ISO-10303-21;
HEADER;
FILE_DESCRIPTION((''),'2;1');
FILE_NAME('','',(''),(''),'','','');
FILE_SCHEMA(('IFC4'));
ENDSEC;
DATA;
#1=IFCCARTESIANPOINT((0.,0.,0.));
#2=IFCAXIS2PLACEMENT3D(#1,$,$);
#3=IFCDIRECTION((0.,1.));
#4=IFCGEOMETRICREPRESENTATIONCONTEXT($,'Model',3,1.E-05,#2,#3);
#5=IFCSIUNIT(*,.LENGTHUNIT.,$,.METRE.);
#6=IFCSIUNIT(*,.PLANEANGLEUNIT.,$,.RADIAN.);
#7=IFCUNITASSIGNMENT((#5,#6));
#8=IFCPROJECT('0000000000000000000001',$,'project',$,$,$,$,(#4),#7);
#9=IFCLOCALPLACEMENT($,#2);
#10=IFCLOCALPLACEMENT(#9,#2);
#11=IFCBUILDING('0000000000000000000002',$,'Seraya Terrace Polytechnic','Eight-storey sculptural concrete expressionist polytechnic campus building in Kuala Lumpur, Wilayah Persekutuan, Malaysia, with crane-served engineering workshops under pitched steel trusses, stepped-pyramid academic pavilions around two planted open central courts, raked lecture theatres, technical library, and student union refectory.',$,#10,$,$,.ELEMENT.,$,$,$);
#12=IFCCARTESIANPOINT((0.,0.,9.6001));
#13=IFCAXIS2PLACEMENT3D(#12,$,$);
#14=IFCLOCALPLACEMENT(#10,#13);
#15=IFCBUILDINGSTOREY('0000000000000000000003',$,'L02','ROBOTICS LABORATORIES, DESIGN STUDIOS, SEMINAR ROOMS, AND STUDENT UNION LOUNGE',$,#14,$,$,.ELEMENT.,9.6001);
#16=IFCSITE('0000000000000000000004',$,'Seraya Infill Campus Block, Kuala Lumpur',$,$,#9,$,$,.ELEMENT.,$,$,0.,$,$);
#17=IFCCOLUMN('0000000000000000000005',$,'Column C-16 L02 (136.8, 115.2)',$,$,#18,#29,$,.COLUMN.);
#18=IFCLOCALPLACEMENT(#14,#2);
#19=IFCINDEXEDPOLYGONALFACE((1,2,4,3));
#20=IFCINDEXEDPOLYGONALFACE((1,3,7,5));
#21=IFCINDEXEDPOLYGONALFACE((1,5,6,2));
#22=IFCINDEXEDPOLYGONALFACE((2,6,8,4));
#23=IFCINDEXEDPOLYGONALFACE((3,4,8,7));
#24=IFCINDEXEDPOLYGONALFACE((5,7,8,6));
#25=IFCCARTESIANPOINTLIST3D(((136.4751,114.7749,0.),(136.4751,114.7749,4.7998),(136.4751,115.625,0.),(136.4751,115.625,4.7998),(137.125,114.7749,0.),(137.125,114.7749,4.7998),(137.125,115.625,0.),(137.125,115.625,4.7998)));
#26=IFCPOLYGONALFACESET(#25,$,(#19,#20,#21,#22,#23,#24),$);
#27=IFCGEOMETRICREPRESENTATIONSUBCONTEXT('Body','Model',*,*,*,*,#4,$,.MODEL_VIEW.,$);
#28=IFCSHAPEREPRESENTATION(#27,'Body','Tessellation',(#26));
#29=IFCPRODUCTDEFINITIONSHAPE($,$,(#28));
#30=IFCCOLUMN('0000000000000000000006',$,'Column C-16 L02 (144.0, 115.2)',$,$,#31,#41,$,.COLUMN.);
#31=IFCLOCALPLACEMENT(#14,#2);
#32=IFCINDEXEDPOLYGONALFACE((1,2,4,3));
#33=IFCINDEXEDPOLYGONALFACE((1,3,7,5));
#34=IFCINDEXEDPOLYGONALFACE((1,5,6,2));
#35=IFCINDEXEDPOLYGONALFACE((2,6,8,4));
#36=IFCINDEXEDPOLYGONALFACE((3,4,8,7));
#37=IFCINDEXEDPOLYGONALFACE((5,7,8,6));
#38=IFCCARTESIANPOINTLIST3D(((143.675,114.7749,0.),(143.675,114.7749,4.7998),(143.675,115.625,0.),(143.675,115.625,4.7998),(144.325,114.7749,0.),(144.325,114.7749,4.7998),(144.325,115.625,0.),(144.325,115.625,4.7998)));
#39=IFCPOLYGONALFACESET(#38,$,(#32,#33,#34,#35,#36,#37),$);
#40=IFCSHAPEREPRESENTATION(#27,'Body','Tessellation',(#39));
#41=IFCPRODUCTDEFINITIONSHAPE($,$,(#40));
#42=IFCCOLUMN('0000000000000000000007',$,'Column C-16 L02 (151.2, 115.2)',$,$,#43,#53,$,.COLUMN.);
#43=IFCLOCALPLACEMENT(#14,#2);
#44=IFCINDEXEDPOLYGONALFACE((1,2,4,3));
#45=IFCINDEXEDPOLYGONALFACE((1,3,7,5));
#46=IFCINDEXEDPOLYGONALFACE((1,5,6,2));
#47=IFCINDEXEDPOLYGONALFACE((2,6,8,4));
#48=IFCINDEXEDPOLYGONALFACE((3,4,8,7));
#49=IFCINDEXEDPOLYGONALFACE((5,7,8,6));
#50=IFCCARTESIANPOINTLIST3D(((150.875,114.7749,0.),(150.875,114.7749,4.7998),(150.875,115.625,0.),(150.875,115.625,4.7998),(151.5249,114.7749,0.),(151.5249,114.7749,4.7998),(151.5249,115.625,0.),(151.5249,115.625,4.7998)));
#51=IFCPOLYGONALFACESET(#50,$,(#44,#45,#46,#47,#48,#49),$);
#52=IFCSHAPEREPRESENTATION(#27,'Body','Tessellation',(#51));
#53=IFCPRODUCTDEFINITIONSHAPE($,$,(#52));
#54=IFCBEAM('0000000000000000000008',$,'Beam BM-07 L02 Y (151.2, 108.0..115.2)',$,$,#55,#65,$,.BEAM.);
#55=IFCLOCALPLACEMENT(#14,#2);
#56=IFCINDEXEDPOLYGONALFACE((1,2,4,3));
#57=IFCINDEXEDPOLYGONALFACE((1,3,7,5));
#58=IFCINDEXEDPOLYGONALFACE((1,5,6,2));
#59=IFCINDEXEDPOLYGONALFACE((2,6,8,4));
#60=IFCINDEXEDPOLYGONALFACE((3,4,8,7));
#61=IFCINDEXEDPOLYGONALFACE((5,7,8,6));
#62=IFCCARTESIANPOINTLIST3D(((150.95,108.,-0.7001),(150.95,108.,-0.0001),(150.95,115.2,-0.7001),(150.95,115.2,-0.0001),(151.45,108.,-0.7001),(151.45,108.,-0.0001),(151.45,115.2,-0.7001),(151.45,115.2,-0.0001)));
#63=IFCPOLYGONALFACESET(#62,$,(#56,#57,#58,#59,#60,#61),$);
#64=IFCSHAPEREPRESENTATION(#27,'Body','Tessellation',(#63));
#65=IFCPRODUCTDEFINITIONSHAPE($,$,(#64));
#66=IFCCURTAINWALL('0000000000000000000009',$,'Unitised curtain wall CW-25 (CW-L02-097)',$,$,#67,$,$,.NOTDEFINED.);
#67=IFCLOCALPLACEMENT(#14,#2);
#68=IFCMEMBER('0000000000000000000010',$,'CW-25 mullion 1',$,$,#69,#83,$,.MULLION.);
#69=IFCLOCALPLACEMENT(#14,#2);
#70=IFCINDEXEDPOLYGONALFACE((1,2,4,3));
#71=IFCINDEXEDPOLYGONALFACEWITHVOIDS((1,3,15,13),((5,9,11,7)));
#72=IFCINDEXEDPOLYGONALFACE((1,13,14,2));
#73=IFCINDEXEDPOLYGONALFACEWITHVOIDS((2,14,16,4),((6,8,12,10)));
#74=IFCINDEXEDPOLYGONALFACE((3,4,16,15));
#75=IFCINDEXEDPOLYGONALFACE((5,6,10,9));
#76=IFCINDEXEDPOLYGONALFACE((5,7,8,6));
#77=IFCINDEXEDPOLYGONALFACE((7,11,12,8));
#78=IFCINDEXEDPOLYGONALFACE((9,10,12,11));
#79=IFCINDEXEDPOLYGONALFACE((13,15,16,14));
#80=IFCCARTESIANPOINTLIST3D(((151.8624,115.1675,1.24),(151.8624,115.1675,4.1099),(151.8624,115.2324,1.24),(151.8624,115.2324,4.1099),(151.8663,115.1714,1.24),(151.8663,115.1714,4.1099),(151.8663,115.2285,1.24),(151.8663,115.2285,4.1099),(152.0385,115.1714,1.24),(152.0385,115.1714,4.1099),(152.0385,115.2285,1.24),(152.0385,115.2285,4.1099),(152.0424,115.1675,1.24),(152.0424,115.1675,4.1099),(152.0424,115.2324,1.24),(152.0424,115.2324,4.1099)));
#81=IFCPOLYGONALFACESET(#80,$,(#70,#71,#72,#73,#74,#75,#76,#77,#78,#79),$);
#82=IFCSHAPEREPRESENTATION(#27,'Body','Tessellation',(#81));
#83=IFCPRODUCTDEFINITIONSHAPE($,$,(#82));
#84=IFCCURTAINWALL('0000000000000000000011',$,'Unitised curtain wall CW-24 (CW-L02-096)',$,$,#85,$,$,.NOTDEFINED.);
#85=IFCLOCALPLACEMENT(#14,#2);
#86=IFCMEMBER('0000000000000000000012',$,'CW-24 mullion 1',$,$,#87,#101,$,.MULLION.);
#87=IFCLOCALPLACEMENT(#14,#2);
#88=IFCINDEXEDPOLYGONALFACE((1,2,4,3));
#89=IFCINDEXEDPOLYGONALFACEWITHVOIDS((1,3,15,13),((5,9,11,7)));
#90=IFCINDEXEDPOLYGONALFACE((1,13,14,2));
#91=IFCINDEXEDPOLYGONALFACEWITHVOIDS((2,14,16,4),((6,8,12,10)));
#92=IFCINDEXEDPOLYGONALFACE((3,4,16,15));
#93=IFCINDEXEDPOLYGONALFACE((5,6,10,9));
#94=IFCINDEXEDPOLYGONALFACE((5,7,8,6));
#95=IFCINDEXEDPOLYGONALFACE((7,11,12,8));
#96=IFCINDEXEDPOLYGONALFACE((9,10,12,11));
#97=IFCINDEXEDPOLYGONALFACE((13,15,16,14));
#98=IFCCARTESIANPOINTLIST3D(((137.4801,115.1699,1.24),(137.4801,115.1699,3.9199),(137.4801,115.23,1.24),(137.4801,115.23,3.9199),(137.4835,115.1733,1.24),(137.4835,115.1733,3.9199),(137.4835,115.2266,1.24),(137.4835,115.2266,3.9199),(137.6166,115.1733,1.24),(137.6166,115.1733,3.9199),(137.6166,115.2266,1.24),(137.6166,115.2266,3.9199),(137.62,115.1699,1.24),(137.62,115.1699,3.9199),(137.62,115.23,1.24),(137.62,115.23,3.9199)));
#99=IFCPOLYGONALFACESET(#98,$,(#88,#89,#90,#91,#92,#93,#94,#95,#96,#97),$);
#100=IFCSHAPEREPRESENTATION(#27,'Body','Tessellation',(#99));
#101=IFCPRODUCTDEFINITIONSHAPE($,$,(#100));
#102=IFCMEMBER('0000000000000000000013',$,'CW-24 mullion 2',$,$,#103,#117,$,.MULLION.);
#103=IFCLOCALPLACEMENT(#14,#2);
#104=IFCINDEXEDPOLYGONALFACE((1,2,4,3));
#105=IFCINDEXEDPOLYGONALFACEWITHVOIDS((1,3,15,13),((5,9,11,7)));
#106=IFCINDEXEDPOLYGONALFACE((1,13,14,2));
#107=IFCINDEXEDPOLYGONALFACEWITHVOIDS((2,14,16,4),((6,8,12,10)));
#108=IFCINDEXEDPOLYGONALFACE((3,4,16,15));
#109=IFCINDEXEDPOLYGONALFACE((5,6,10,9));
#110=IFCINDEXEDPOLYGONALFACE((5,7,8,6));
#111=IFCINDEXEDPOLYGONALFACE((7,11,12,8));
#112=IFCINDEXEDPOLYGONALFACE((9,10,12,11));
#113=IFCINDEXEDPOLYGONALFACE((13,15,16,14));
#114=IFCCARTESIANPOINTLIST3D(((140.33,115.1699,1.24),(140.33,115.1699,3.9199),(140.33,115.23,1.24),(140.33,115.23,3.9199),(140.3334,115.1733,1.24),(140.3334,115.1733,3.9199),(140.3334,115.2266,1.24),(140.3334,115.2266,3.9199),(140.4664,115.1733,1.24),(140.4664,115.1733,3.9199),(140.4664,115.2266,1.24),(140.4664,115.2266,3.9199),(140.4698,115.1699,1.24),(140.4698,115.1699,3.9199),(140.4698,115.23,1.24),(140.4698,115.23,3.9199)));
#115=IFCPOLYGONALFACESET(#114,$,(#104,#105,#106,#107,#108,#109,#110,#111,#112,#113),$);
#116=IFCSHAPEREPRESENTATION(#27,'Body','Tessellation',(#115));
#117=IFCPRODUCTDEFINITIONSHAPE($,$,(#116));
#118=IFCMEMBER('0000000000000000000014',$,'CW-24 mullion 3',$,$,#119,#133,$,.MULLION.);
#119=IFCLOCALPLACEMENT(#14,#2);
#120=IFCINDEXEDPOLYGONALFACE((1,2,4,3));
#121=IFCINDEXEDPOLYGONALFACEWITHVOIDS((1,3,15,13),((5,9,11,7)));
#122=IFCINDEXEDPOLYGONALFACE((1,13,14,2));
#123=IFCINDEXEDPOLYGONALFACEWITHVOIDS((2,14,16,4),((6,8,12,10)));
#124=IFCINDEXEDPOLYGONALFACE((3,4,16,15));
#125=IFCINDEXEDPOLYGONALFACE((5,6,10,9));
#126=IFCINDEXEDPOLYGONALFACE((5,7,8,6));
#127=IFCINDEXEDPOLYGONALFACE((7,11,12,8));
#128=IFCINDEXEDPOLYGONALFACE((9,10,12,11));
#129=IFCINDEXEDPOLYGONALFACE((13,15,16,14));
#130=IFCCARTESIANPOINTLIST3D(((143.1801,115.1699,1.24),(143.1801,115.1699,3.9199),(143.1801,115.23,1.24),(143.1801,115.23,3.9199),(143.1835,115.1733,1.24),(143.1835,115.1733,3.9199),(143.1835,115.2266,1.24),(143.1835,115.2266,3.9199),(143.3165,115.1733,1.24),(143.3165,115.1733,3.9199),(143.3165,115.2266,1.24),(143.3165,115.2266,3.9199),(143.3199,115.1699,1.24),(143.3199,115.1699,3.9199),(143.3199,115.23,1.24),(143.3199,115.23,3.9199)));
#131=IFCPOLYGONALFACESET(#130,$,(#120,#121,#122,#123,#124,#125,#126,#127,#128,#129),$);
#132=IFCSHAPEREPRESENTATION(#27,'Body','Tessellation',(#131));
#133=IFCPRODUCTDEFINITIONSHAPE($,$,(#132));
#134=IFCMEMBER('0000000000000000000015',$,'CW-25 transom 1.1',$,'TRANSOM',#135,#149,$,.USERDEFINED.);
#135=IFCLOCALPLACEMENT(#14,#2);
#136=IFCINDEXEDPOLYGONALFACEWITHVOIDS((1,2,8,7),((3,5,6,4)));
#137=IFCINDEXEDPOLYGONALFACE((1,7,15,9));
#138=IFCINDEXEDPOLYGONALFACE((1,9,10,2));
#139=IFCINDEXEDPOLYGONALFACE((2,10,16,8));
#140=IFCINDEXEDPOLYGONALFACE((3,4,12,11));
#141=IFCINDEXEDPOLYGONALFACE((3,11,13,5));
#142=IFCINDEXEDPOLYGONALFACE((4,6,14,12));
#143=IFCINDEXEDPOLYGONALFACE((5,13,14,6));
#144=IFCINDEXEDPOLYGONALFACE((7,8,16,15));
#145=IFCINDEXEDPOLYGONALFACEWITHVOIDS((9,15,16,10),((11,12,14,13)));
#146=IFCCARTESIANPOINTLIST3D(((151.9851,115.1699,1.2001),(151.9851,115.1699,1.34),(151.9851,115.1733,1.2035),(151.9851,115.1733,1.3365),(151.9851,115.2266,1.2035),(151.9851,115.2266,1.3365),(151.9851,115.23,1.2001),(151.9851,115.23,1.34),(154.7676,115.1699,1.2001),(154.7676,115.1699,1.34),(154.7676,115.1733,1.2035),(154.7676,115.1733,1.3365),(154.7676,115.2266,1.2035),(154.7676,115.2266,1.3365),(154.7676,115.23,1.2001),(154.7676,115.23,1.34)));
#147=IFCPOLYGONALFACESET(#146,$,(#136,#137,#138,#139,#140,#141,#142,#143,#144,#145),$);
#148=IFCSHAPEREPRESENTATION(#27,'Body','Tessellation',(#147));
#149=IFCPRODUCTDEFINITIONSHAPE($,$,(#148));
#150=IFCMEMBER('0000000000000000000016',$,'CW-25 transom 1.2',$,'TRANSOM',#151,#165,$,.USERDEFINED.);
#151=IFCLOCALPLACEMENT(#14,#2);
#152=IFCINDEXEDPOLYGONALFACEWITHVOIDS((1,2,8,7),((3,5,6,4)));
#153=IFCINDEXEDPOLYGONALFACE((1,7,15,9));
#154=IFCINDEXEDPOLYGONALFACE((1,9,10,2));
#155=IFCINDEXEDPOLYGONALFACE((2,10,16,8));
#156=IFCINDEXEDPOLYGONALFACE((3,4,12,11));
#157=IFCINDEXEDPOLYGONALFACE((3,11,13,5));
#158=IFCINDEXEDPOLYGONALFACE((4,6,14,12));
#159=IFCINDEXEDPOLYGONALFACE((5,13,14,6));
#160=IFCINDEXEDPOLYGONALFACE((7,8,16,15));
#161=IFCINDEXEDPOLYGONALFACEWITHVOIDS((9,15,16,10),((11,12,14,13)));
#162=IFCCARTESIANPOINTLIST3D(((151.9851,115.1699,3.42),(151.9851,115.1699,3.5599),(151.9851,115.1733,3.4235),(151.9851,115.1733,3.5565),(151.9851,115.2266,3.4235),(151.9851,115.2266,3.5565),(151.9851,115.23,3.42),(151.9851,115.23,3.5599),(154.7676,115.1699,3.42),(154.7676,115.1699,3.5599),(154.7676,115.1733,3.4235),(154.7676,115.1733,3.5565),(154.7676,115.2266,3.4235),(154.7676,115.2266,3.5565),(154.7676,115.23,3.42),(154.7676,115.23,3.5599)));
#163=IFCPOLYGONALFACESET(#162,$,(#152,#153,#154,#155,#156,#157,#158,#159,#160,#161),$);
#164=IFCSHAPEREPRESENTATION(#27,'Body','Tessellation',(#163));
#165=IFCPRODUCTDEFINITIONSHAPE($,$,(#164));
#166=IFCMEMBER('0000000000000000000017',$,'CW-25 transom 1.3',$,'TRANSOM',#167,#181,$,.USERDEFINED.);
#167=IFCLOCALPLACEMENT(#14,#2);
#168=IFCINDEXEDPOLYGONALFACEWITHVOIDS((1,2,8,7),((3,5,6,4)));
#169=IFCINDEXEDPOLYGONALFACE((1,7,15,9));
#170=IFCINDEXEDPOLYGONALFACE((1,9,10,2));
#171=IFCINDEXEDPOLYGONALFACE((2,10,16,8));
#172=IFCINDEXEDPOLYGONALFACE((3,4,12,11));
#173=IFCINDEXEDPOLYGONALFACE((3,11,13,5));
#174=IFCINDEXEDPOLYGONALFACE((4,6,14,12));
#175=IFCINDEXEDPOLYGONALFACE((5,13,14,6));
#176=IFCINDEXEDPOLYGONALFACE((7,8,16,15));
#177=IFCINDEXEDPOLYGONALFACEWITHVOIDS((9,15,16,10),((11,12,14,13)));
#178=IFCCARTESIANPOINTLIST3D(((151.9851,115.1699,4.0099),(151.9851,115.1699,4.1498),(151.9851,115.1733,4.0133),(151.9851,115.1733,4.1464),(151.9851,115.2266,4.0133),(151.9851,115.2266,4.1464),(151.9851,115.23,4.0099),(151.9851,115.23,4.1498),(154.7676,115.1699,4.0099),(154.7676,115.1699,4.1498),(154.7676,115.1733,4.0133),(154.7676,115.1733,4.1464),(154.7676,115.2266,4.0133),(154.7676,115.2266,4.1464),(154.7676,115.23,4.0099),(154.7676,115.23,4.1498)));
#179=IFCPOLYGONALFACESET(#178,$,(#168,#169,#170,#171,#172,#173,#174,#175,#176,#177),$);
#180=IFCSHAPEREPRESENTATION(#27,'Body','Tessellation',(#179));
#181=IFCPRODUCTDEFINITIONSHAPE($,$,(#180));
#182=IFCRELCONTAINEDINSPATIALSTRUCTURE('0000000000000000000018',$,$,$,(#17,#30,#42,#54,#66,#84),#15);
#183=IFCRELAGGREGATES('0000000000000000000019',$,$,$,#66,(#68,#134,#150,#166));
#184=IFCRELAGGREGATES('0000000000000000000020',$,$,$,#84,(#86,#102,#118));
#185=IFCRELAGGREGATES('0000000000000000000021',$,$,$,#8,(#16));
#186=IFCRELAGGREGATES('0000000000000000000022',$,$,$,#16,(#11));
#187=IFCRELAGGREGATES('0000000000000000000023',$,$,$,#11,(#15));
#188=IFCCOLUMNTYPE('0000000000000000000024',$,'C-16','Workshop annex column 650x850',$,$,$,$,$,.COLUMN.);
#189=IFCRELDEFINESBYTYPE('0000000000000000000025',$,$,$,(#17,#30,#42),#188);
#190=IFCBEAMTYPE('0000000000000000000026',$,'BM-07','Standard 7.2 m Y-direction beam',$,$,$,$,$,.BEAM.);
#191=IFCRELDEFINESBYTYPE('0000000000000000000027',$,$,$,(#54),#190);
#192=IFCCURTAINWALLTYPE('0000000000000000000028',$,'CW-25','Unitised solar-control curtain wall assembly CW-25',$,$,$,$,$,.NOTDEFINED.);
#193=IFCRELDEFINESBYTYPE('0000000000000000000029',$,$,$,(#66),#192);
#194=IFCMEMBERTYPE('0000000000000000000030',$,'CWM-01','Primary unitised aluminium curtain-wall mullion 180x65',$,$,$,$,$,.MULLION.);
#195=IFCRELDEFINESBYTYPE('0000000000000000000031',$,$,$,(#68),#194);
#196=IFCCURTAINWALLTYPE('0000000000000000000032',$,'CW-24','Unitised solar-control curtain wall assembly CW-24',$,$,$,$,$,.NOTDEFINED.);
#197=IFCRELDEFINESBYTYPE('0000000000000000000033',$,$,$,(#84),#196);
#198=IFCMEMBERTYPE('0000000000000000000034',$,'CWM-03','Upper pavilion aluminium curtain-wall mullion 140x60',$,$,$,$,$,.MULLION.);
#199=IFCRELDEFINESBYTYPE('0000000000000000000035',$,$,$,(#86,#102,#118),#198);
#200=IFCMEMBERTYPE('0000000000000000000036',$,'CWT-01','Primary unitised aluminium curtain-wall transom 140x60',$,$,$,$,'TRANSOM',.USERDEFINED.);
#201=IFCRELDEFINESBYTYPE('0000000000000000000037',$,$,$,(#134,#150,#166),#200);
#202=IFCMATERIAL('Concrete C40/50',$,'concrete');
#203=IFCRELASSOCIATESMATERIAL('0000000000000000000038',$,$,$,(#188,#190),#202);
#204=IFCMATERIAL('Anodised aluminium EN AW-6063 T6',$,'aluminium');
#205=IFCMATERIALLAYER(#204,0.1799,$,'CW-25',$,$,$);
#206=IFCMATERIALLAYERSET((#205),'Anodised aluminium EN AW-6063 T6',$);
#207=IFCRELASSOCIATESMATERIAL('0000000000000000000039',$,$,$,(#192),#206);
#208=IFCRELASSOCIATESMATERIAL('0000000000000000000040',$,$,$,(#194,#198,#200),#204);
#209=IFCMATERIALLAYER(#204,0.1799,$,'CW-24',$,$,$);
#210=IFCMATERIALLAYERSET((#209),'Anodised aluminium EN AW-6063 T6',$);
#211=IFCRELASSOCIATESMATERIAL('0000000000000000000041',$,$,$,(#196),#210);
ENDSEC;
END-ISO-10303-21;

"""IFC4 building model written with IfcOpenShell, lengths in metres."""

from ifc_helpers import new_model, si_unit, direction, frame, origin, origin_2d, place, context, subcontext, project, spatial, rectangle, hollow_rectangle, extrude, material, layer, layer_set, material_profile, profile_set, type_object, element, aggregate, save


model = new_model("IFC4")

# Units and contexts
model_context = context("Model", 3, precision=1e-05, world=origin(), true_north=direction((0.0, 1.0)))
body_context = subcontext(model_context, "Body", "Model", "MODEL_VIEW")
ifc_project = project(units=[si_unit("LENGTHUNIT", "METRE"), si_unit("PLANEANGLEUNIT", "RADIAN")], contexts=[model_context])

# Site, building, storey
site_placement = place(None, origin())
site = spatial("IfcSite", under=ifc_project, at=site_placement, Name="Seraya Infill Campus Block, Kuala Lumpur", CompositionType="ELEMENT", RefElevation=0.0)
building_placement = place(site_placement, origin())
building = spatial("IfcBuilding", under=site, at=building_placement, Name="Seraya Terrace Polytechnic", Description="Eight-storey sculptural concrete expressionist polytechnic campus building in Kuala Lumpur, Wilayah Persekutuan, Malaysia, with crane-served engineering workshops under pitched steel trusses, stepped-pyramid academic pavilions around two planted open central courts, raked lecture theatres, technical library, and student union refectory.", CompositionType="ELEMENT")
storey_placement = place(building_placement, frame((0.0, 0.0, 9.6001)))
storey = spatial("IfcBuildingStorey", under=building, at=storey_placement, Name="L02", Description="ROBOTICS LABORATORIES, DESIGN STUDIOS, SEMINAR ROOMS, AND STUDENT UNION LOUNGE", CompositionType="ELEMENT", Elevation=9.6001)

# Columns
ifc_material_1 = material(Name="Concrete C40/50", Category="concrete")
ifc_material_profile_1 = material_profile(ifc_material_1, rectangle(XDim=0.6499, YDim=0.8501, at=origin_2d()), Name="RC 650x850")
ifc_profile_set_1 = profile_set([ifc_material_profile_1], Name="Concrete C40/50")
column_type = type_object("IfcColumnType", Name="C-16", Description="Workshop annex column 650x850", PredefinedType="COLUMN", material=ifc_profile_set_1)
for number, where, z_axis, x_axis, name in (
    (1, (136.8, 115.2, 0.0), (0.0, 0.0, 1.0), (1.0, 0.0, 0.0), "Column C-16 L02 (136.8, 115.2)"),
    (2, (144.0, 115.2, 0.0), (0.0, 0.0, 1.0), (1.0, 0.0, 0.0), "Column C-16 L02 (144.0, 115.2)"),
    (3, (151.2, 115.2, 0.0), (0.0, 0.0, 1.0), (1.0, 0.0, 0.0), "Column C-16 L02 (151.2, 115.2)"),
):
    element("IfcColumn", number, at=place(storey_placement, frame(where, z_axis=z_axis, x_axis=x_axis)), inside=storey, type_object=column_type, Name=name, PredefinedType="COLUMN", context=body_context, shape_type="SweptSolid", body=[
        extrude(rectangle(XDim=0.6499, YDim=0.8501, at=origin_2d()), origin(), (0.0, 0.0, 1.0), 4.7998),
    ])

# Beam
ifc_material_profile_2 = material_profile(ifc_material_1, rectangle(XDim=0.5, YDim=0.7, at=origin_2d()), Name="RC 500x700")
ifc_profile_set_2 = profile_set([ifc_material_profile_2], Name="Concrete C40/50")
beam_type_1 = type_object("IfcBeamType", Name="BM-07", Description="Standard 7.2 m Y-direction beam", PredefinedType="BEAM", material=ifc_profile_set_2)
beam_1_placement = place(storey_placement, frame((151.2, 108.0, -0.3501), z_axis=(0.0, 1.0, 0.0), x_axis=(-1.0, 0.0, 0.0)))
element("IfcBeam", 4, at=beam_1_placement, inside=storey, type_object=beam_type_1, Name="Beam BM-07 L02 Y (151.2, 108.0..115.2)", PredefinedType="BEAM", context=body_context, shape_type="SweptSolid", body=[
    extrude(rectangle(XDim=0.5, YDim=0.7, at=origin_2d()), origin(), (0.0, 0.0, 1.0), 7.2),
])

# Curtain wall, member
ifc_material_2 = material(Name="Anodised aluminium EN AW-6063 T6", Category="aluminium")
ifc_layer_1 = layer(ifc_material_2, 0.1799, Name="CW-25")
ifc_layer_set_1 = layer_set([ifc_layer_1], Name="Anodised aluminium EN AW-6063 T6")
curtain_wall_type_1 = type_object("IfcCurtainWallType", Name="CW-25", Description="Unitised solar-control curtain wall assembly CW-25", PredefinedType="NOTDEFINED", material=ifc_layer_set_1)
curtain_wall_1_placement = place(storey_placement, origin())
curtain_wall_1 = element("IfcCurtainWall", 5, at=curtain_wall_1_placement, inside=storey, type_object=curtain_wall_type_1, Name="Unitised curtain wall CW-25 (CW-L02-097)", PredefinedType="NOTDEFINED")
ifc_material_profile_3 = material_profile(ifc_material_2, hollow_rectangle(XDim=0.0649, YDim=0.1799, WallThickness=0.0039, at=origin_2d()), Name="RHS 180x65x4.0")
ifc_profile_set_3 = profile_set([ifc_material_profile_3], Name="Anodised aluminium EN AW-6063 T6")
member_type_1 = type_object("IfcMemberType", Name="CWM-01", Description="Primary unitised aluminium curtain-wall mullion 180x65", PredefinedType="MULLION", material=ifc_profile_set_3)
member_1_placement = place(storey_placement, frame((151.9524, 115.2, 1.24), z_axis=(0.0, 0.0, 1.0), x_axis=(0.0, 1.0, 0.0)))
member_1 = element("IfcMember", 6, at=member_1_placement, type_object=member_type_1, Name="CW-25 mullion 1", PredefinedType="MULLION", context=body_context, shape_type="SweptSolid", body=[
    extrude(hollow_rectangle(XDim=0.0649, YDim=0.1799, WallThickness=0.0039, at=origin_2d()), origin(), (0.0, 0.0, 1.0), 2.8699),
])

# Curtain wall, members
ifc_layer_2 = layer(ifc_material_2, 0.1799, Name="CW-24")
ifc_layer_set_2 = layer_set([ifc_layer_2], Name="Anodised aluminium EN AW-6063 T6")
curtain_wall_type_2 = type_object("IfcCurtainWallType", Name="CW-24", Description="Unitised solar-control curtain wall assembly CW-24", PredefinedType="NOTDEFINED", material=ifc_layer_set_2)
curtain_wall_2_placement = place(storey_placement, origin())
curtain_wall_2 = element("IfcCurtainWall", 7, at=curtain_wall_2_placement, inside=storey, type_object=curtain_wall_type_2, Name="Unitised curtain wall CW-24 (CW-L02-096)", PredefinedType="NOTDEFINED")
ifc_material_profile_4 = material_profile(ifc_material_2, hollow_rectangle(XDim=0.0601, YDim=0.1399, WallThickness=0.0034, at=origin_2d()), Name="RHS 140x60x3.5")
ifc_profile_set_4 = profile_set([ifc_material_profile_4], Name="Anodised aluminium EN AW-6063 T6")
member_type_2 = type_object("IfcMemberType", Name="CWM-03", Description="Upper pavilion aluminium curtain-wall mullion 140x60", PredefinedType="MULLION", material=ifc_profile_set_4)
member_2_placement = place(storey_placement, frame((137.55, 115.2, 1.24), z_axis=(0.0, 0.0, 1.0), x_axis=(0.0, 1.0, 0.0)))
member_2 = element("IfcMember", 8, at=member_2_placement, type_object=member_type_2, Name="CW-24 mullion 1", PredefinedType="MULLION", context=body_context, shape_type="SweptSolid", body=[
    extrude(hollow_rectangle(XDim=0.0601, YDim=0.1399, WallThickness=0.0034, at=origin_2d()), origin(), (0.0, 0.0, 1.0), 2.6799),
])
member_3_placement = place(storey_placement, frame((140.3999, 115.2, 1.24), z_axis=(0.0, 0.0, 1.0), x_axis=(0.0, 1.0, 0.0)))
member_3 = element("IfcMember", 9, at=member_3_placement, type_object=member_type_2, Name="CW-24 mullion 2", PredefinedType="MULLION", context=body_context, shape_type="SweptSolid", body=[
    extrude(hollow_rectangle(XDim=0.0601, YDim=0.1399, WallThickness=0.0034, at=origin_2d()), origin(), (0.0, 0.0, 1.0), 2.6799),
])
member_4_placement = place(storey_placement, frame((143.25, 115.2, 1.24), z_axis=(0.0, 0.0, 1.0), x_axis=(0.0, 1.0, 0.0)))
member_4 = element("IfcMember", 10, at=member_4_placement, type_object=member_type_2, Name="CW-24 mullion 3", PredefinedType="MULLION", context=body_context, shape_type="SweptSolid", body=[
    extrude(hollow_rectangle(XDim=0.0601, YDim=0.1399, WallThickness=0.0034, at=origin_2d()), origin(), (0.0, 0.0, 1.0), 2.6799),
])

# Members
ifc_material_profile_5 = material_profile(ifc_material_2, hollow_rectangle(XDim=0.0601, YDim=0.1399, WallThickness=0.0034, at=origin_2d()), Name="RHS 140x60x3.5")
ifc_profile_set_5 = profile_set([ifc_material_profile_5], Name="Anodised aluminium EN AW-6063 T6")
member_type_3 = type_object("IfcMemberType", Name="CWT-01", Description="Primary unitised aluminium curtain-wall transom 140x60", ElementType="TRANSOM", PredefinedType="USERDEFINED", material=ifc_profile_set_5)
member_5_placement = place(storey_placement, frame((151.9851, 115.2, 1.27), z_axis=(1.0, 0.0, 0.0), x_axis=(0.0, 1.0, 0.0)))
member_5 = element("IfcMember", 11, at=member_5_placement, type_object=member_type_3, Name="CW-25 transom 1.1", ObjectType="TRANSOM", PredefinedType="USERDEFINED", context=body_context, shape_type="SweptSolid", body=[
    extrude(hollow_rectangle(XDim=0.0601, YDim=0.1399, WallThickness=0.0034, at=origin_2d()), origin(), (0.0, 0.0, 1.0), 2.7825),
])
member_6_placement = place(storey_placement, frame((151.9851, 115.2, 3.49), z_axis=(1.0, 0.0, 0.0), x_axis=(0.0, 1.0, 0.0)))
member_6 = element("IfcMember", 12, at=member_6_placement, type_object=member_type_3, Name="CW-25 transom 1.2", ObjectType="TRANSOM", PredefinedType="USERDEFINED", context=body_context, shape_type="SweptSolid", body=[
    extrude(hollow_rectangle(XDim=0.0601, YDim=0.1399, WallThickness=0.0034, at=origin_2d()), origin(), (0.0, 0.0, 1.0), 2.7825),
])
member_7_placement = place(storey_placement, frame((151.9851, 115.2, 4.0798), z_axis=(1.0, 0.0, 0.0), x_axis=(0.0, 1.0, 0.0)))
member_7 = element("IfcMember", 13, at=member_7_placement, type_object=member_type_3, Name="CW-25 transom 1.3", ObjectType="TRANSOM", PredefinedType="USERDEFINED", context=body_context, shape_type="SweptSolid", body=[
    extrude(hollow_rectangle(XDim=0.0601, YDim=0.1399, WallThickness=0.0034, at=origin_2d()), origin(), (0.0, 0.0, 1.0), 2.7825),
])

aggregate(curtain_wall_1, [member_1, member_5, member_6, member_7])
aggregate(curtain_wall_2, [member_2, member_3, member_4])

save(model, "model.ifc")
